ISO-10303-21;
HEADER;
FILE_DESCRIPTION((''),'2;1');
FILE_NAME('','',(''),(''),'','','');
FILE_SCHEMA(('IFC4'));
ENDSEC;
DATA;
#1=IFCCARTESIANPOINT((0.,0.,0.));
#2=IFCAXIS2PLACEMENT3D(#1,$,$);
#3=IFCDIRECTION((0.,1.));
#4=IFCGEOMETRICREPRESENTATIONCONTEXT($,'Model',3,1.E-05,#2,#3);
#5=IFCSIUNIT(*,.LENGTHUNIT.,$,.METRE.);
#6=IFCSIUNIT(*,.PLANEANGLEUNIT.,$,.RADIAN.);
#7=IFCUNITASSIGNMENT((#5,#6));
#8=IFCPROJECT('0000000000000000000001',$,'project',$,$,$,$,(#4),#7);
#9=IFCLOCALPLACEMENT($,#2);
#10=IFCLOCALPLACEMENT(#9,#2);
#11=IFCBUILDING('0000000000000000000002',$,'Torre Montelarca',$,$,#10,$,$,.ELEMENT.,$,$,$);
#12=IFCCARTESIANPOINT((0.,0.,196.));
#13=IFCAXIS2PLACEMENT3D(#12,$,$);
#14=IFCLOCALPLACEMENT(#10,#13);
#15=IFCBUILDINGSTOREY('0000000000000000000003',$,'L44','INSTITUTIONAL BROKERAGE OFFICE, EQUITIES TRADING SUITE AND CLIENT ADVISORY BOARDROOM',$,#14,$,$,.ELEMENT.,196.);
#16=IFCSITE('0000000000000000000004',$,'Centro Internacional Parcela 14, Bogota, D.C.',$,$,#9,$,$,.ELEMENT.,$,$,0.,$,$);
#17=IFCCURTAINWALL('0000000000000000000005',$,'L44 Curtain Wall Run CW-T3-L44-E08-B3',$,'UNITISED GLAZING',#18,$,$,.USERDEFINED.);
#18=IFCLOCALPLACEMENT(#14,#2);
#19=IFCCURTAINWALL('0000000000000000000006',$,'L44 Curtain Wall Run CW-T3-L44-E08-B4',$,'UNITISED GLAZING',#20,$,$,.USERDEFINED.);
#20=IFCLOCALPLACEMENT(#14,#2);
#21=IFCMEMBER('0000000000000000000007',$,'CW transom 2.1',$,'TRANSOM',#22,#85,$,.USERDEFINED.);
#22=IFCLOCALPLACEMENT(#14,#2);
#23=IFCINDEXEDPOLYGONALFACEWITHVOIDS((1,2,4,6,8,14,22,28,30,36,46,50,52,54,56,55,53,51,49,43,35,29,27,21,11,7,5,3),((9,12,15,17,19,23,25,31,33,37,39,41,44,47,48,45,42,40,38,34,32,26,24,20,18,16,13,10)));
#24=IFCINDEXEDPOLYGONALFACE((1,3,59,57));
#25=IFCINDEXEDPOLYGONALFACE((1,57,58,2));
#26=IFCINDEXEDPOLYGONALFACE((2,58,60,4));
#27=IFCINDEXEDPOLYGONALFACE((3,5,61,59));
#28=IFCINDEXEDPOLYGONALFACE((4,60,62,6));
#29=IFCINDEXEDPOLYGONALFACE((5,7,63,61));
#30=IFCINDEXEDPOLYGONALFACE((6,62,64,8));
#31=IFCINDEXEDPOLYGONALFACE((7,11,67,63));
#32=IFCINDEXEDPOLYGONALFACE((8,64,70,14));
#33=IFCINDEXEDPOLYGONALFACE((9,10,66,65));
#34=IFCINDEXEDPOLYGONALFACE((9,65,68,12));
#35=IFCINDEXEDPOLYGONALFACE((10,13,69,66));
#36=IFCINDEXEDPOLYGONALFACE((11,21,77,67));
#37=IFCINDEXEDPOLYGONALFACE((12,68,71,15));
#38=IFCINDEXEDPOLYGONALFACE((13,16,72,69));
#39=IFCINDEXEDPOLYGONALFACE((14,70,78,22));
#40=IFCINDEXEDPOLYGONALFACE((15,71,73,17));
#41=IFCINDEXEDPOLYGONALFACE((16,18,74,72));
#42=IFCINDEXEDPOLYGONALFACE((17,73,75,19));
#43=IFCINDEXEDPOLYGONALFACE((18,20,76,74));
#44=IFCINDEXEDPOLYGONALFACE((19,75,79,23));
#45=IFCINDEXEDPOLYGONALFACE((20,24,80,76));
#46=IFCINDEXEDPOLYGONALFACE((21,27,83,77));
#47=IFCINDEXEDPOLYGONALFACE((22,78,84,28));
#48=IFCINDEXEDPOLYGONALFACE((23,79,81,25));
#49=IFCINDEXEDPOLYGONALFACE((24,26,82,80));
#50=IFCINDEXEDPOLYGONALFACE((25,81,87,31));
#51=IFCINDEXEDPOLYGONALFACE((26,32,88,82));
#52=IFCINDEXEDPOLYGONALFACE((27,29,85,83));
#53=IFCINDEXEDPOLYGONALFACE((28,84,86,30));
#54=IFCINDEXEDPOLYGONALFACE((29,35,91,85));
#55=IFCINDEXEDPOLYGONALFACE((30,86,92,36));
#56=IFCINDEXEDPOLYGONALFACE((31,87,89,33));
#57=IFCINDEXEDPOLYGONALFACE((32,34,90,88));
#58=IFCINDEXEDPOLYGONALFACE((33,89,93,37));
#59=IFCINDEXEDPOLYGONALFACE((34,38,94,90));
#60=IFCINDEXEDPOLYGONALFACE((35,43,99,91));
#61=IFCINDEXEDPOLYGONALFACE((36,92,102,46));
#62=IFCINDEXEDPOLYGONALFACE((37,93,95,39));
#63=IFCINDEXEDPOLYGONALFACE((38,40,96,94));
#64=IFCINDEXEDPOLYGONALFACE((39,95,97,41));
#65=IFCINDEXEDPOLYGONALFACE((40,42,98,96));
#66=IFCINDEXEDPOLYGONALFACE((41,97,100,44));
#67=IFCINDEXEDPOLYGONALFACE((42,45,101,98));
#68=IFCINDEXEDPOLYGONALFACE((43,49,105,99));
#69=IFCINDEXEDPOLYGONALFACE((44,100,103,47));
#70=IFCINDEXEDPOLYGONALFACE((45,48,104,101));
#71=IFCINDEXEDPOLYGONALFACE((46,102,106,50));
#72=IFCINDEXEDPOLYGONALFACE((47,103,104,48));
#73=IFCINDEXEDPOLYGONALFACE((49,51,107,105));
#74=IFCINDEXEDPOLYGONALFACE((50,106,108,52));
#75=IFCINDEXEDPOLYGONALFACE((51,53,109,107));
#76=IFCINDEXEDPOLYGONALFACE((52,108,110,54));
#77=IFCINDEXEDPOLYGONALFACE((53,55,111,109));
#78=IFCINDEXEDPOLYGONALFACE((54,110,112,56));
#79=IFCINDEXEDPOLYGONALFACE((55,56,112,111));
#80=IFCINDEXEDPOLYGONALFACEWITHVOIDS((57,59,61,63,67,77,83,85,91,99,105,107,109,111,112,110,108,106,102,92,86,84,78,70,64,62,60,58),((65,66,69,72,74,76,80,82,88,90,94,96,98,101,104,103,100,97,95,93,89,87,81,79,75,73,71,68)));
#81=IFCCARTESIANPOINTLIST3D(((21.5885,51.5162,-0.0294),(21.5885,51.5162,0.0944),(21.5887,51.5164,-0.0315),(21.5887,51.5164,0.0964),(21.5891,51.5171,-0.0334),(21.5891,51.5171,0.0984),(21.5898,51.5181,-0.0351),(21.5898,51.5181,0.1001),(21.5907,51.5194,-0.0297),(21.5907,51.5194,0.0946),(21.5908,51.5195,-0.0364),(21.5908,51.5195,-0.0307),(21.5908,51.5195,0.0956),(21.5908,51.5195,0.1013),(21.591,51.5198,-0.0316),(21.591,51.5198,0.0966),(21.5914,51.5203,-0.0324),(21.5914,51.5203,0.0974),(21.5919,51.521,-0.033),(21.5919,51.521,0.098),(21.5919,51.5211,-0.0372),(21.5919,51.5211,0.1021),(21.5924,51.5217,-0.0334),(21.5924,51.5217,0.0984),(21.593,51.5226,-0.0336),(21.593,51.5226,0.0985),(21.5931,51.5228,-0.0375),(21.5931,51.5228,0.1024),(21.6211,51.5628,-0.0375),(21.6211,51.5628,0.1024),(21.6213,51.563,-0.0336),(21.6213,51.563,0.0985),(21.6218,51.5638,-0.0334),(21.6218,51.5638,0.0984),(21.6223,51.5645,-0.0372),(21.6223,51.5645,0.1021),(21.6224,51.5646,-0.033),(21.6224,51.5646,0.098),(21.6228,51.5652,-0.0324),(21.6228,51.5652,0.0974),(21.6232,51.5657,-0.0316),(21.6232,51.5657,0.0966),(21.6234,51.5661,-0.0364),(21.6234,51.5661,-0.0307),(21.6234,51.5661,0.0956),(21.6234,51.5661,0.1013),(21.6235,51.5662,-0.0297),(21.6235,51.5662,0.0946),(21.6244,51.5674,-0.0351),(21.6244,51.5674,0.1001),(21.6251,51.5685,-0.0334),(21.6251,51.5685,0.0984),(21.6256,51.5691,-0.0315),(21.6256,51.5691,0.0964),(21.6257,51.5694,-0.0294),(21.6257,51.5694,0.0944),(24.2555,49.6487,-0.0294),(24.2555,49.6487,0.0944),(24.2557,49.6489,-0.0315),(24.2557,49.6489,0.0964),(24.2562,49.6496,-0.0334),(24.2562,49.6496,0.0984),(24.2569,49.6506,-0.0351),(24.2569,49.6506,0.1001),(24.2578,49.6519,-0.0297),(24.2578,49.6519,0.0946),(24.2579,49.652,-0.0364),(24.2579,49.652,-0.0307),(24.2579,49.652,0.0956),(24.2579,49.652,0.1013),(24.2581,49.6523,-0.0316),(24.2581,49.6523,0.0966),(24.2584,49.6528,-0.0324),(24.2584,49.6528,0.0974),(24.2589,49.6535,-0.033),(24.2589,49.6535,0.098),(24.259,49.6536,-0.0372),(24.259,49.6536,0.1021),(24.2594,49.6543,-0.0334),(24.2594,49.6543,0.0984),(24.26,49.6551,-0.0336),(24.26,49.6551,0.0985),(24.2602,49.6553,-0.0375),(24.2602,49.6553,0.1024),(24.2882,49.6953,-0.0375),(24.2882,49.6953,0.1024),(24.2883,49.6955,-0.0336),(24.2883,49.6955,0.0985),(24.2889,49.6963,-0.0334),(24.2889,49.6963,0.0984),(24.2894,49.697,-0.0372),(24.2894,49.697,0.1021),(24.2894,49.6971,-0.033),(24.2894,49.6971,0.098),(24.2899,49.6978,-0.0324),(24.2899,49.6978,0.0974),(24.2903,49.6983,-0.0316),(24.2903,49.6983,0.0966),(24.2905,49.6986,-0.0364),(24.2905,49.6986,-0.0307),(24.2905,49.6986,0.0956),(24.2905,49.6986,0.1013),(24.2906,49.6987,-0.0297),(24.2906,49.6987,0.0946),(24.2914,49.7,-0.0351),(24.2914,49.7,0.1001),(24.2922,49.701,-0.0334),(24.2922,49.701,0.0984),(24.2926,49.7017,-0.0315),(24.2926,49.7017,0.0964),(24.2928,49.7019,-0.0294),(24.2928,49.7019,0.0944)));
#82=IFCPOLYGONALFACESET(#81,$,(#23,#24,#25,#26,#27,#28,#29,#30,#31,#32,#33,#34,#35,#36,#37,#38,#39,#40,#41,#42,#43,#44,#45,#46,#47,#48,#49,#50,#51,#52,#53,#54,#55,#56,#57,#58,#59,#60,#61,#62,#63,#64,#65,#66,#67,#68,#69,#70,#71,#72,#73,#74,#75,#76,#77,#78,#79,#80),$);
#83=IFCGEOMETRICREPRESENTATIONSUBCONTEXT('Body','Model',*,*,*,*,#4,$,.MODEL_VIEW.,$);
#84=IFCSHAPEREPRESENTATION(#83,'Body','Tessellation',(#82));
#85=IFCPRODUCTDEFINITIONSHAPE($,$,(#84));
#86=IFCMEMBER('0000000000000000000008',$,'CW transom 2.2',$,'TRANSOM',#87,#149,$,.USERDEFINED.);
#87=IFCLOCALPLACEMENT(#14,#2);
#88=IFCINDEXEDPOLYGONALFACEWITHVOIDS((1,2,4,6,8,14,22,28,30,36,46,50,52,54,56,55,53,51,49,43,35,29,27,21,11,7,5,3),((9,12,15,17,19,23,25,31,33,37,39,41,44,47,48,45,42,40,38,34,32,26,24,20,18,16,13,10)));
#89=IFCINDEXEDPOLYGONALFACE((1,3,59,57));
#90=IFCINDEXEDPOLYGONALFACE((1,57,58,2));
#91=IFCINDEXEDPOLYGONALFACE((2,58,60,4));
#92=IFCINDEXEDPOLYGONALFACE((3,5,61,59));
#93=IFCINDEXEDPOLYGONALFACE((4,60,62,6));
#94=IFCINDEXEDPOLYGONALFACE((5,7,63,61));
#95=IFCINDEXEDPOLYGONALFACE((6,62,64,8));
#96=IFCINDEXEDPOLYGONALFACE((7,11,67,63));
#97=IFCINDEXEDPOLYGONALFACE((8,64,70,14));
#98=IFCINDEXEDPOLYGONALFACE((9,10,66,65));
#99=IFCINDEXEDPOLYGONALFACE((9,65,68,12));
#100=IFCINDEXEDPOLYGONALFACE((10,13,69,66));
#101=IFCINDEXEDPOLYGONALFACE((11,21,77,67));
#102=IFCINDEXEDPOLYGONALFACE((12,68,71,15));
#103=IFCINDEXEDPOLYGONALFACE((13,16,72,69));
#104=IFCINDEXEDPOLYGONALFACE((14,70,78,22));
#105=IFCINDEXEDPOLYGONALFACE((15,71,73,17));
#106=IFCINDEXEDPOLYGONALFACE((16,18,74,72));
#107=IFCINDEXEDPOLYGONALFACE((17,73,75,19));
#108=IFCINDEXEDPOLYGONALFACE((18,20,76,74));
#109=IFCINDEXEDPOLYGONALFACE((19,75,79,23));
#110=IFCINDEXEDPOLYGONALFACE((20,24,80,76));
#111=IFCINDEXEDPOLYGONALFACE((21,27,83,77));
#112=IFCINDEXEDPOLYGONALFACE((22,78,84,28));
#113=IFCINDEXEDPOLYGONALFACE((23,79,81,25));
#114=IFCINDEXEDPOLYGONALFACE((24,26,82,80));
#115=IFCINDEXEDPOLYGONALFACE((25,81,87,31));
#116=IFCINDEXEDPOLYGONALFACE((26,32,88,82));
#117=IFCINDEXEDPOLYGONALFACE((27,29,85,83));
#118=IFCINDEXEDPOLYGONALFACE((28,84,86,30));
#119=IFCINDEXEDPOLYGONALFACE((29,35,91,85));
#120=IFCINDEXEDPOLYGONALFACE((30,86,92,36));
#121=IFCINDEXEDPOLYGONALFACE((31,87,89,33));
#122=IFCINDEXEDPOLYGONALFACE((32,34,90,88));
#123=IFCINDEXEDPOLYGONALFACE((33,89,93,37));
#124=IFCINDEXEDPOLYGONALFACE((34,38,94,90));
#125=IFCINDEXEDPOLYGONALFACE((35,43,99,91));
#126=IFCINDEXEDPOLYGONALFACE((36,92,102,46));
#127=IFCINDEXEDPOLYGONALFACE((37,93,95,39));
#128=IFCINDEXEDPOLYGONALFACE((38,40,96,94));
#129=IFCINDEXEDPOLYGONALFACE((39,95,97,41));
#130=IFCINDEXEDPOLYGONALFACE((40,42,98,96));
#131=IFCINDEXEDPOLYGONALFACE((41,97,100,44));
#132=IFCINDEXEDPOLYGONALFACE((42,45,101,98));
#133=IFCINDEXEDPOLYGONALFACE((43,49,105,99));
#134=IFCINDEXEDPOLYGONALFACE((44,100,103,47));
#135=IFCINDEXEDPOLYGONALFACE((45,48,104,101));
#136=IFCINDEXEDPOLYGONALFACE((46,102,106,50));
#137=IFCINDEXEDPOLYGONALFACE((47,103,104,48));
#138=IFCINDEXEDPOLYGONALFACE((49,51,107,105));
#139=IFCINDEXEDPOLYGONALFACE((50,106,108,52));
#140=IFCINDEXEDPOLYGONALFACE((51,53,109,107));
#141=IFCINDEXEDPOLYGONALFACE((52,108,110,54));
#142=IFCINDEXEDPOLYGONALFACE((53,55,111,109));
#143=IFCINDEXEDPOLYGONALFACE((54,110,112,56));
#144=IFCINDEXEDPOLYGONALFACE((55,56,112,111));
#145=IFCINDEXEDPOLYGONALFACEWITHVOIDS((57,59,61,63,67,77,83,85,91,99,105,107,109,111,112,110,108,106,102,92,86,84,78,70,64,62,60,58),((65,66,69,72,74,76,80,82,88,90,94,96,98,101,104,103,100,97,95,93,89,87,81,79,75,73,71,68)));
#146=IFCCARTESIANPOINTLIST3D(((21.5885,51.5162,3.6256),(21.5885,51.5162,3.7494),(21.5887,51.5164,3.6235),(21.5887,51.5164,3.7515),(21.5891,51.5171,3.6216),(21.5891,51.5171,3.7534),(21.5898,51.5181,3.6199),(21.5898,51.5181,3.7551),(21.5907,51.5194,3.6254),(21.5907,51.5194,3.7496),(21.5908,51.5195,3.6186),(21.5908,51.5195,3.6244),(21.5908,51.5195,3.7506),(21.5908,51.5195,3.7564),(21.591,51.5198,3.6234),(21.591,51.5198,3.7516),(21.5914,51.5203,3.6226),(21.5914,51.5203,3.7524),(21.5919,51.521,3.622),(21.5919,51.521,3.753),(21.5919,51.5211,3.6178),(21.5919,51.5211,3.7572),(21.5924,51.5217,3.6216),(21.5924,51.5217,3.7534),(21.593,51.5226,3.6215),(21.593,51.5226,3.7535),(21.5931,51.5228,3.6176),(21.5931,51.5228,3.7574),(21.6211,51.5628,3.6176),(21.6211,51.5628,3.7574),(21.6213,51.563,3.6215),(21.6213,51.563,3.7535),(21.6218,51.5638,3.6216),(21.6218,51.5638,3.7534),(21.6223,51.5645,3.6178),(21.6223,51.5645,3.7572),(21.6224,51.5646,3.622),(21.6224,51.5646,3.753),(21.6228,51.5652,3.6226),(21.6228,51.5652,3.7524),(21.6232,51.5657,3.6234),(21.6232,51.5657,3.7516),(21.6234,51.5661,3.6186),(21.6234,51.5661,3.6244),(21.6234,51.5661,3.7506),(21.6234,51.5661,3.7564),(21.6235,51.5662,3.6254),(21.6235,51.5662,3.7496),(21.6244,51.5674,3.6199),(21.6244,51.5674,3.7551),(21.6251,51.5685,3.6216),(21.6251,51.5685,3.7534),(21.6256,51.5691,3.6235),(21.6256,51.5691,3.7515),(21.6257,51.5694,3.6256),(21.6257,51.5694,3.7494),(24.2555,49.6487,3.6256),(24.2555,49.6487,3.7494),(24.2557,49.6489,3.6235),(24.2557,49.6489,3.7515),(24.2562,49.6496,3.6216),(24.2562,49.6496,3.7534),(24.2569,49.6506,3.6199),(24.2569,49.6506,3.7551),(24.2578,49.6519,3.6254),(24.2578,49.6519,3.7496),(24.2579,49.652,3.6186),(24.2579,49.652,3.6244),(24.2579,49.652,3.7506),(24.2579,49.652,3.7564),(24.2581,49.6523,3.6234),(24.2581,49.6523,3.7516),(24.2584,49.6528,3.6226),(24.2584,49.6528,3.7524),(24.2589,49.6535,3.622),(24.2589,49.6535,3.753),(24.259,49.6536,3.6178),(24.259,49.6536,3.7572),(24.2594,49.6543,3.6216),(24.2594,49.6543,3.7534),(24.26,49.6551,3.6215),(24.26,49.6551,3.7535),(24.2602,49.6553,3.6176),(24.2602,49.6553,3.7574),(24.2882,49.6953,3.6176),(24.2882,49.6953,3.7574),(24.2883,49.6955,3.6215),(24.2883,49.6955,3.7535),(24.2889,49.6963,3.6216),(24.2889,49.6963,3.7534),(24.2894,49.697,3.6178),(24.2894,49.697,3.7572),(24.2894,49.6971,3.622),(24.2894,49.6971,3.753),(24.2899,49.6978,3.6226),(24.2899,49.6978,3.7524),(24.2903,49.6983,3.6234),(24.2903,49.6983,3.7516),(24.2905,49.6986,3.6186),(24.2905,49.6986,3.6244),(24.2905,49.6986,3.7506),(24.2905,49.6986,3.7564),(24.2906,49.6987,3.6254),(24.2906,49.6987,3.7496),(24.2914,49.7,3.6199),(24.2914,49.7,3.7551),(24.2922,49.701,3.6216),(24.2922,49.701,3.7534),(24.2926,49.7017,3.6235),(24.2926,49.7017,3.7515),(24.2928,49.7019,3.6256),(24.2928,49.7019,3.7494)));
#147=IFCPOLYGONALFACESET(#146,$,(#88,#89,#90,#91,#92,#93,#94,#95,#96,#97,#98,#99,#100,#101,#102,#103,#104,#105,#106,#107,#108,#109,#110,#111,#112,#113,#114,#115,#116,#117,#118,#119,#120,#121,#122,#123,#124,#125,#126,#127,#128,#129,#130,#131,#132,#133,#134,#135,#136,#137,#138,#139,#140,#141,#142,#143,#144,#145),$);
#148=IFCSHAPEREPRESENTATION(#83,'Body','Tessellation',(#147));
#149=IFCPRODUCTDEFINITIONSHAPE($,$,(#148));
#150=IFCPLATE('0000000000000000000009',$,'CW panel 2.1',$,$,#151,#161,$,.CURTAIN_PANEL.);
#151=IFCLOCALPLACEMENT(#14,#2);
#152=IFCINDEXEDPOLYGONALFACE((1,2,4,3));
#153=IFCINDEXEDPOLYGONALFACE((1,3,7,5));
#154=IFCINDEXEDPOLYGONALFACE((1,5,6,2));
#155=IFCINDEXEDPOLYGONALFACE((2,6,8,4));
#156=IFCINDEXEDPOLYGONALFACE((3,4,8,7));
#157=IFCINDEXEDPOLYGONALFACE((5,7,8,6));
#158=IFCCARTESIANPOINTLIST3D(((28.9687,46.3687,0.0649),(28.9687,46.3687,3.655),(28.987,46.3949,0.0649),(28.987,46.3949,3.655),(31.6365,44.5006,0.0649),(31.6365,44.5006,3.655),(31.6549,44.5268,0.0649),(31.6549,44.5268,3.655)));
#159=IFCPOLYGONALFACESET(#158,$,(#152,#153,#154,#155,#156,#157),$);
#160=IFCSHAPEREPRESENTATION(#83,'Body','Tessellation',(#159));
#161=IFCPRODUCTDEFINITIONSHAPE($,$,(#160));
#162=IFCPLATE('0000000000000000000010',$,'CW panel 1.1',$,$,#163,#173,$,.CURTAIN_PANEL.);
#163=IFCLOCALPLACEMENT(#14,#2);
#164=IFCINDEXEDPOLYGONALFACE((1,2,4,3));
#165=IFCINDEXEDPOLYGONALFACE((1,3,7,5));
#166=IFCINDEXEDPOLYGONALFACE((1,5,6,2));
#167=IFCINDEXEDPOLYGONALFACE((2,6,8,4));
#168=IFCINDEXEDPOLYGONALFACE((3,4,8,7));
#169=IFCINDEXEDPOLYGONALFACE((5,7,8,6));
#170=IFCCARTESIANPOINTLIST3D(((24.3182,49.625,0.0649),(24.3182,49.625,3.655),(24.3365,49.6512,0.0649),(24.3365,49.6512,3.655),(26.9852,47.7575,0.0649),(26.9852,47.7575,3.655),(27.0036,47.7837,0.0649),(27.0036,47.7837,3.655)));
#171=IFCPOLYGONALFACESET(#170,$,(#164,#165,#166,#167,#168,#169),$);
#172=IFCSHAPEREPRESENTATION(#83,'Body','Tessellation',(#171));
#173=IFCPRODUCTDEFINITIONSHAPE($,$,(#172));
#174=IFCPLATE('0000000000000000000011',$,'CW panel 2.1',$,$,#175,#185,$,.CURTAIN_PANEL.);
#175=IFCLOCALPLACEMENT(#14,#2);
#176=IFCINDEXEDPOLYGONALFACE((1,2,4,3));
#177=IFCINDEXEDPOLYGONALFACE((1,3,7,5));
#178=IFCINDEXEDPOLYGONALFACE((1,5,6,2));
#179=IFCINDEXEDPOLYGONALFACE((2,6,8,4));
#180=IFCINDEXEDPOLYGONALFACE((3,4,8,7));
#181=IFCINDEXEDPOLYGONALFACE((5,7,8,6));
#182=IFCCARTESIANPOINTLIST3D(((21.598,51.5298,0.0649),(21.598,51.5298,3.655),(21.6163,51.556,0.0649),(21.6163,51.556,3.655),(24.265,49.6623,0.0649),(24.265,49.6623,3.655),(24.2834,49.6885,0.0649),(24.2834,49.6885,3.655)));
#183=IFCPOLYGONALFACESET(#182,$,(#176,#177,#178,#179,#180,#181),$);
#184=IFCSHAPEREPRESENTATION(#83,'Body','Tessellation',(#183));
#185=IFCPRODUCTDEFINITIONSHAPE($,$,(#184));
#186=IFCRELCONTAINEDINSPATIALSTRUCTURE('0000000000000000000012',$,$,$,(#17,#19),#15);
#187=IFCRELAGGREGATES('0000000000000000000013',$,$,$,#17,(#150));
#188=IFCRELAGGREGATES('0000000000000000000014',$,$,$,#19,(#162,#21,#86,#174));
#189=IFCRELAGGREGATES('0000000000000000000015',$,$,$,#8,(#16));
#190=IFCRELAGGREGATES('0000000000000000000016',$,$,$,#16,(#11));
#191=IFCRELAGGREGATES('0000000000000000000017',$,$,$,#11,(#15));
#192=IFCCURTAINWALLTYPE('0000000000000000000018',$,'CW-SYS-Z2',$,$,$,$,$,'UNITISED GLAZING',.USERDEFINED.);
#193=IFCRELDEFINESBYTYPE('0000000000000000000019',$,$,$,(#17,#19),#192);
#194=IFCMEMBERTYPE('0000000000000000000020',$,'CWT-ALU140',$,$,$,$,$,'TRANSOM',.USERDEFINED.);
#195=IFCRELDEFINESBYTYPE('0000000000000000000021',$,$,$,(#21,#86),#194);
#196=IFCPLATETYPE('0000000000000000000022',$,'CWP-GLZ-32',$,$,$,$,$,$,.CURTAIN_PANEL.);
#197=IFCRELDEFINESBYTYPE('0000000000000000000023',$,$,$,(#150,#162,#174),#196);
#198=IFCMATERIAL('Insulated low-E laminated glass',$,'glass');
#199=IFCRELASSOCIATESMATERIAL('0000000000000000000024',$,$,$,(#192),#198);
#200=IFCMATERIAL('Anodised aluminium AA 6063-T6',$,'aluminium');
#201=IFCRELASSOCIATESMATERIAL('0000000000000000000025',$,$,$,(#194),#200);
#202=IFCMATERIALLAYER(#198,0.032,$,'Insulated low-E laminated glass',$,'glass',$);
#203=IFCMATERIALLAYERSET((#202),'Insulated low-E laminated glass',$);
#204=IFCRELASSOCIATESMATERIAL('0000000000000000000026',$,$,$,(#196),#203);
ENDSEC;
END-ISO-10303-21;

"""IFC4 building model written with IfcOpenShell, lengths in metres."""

from ifc_helpers import new_model, si_unit, direction, frame, origin, origin_2d, place, context, subcontext, project, spatial, rectangle, hollow_rectangle, extrude, source, transform, mapped, material, layer, layer_set, material_profile, profile_set, type_object, element, aggregate, save


model = new_model("IFC4")

# Units and contexts
model_context = context("Model", 3, precision=1e-05, world=origin(), true_north=direction((0.0, 1.0)))
body_context = subcontext(model_context, "Body", "Model", "MODEL_VIEW")
ifc_project = project(units=[si_unit("LENGTHUNIT", "METRE"), si_unit("PLANEANGLEUNIT", "RADIAN")], contexts=[model_context])

# Site, building, storey
site_placement = place(None, origin())
site = spatial("IfcSite", under=ifc_project, at=site_placement, Name="Centro Internacional Parcela 14, Bogota, D.C.", CompositionType="ELEMENT", RefElevation=0.0)
building_placement = place(site_placement, origin())
building = spatial("IfcBuilding", under=site, at=building_placement, Name="Torre Montelarca", CompositionType="ELEMENT")
storey_placement = place(building_placement, frame((0.0, 0.0, 196.0)))
storey = spatial("IfcBuildingStorey", under=building, at=storey_placement, Name="L44", Description="INSTITUTIONAL BROKERAGE OFFICE, EQUITIES TRADING SUITE AND CLIENT ADVISORY BOARDROOM", CompositionType="ELEMENT", Elevation=196.0)

# Curtain wall
ifc_material_1 = material(Name="Insulated low-E laminated glass", Category="glass")
curtain_wall_type = type_object("IfcCurtainWallType", Name="CW-SYS-Z2", ElementType="UNITISED GLAZING", PredefinedType="USERDEFINED", material=ifc_material_1)
curtain_wall_1_placement = place(storey_placement, origin())
curtain_wall_1 = element("IfcCurtainWall", 1, at=curtain_wall_1_placement, inside=storey, type_object=curtain_wall_type, Name="L44 Curtain Wall Run CW-T3-L44-E08-B3", ObjectType="UNITISED GLAZING", PredefinedType="USERDEFINED")
ifc_material_2 = material(Name="Anodised aluminium AA 6063-T6", Category="aluminium")

# Curtain wall, members
curtain_wall_2_placement = place(storey_placement, origin())
curtain_wall_2 = element("IfcCurtainWall", 2, at=curtain_wall_2_placement, inside=storey, type_object=curtain_wall_type, Name="L44 Curtain Wall Run CW-T3-L44-E08-B4", ObjectType="UNITISED GLAZING", PredefinedType="USERDEFINED")
ifc_material_profile_1 = material_profile(ifc_material_2, hollow_rectangle(XDim=0.0649, YDim=0.1399, WallThickness=0.0039, InnerFilletRadius=0.0039, OuterFilletRadius=0.0081, at=origin_2d()), Name="ALU65X140X4", Category="aluminium")
ifc_profile_set_1 = profile_set([ifc_material_profile_1], Name="Anodised aluminium AA 6063-T6")
member_type_1 = type_object("IfcMemberType", Name="CWT-ALU140", ElementType="TRANSOM", PredefinedType="USERDEFINED", material=ifc_profile_set_1)
shared_shape_1 = source(origin(), body_context, "Body", "SweptSolid", [
    extrude(hollow_rectangle(XDim=0.0649, YDim=0.1399, WallThickness=0.0039, InnerFilletRadius=0.0039, OuterFilletRadius=0.0081, at=origin_2d()), origin(), (0.0, 0.0, 1.0), 3.2559),
])
member_1_placement = place(storey_placement, frame((24.2742, 49.6753, 0.0325), z_axis=(-0.819154, 0.573573, 0.0), x_axis=(-0.573573, -0.819154, 0.0)))
member_1 = element("IfcMember", 3, at=member_1_placement, type_object=member_type_1, Name="CW transom 2.1", ObjectType="TRANSOM", PredefinedType="USERDEFINED", context=body_context, shape_type="MappedRepresentation", body=[
    mapped(shared_shape_1, transform((0.0, 0.0, 0.0), scale=1.0)),
])
member_2_placement = place(storey_placement, frame((24.2742, 49.6753, 3.6875), z_axis=(-0.819154, 0.573573, 0.0), x_axis=(-0.573573, -0.819154, 0.0)))
member_2 = element("IfcMember", 4, at=member_2_placement, type_object=member_type_1, Name="CW transom 2.2", ObjectType="TRANSOM", PredefinedType="USERDEFINED", context=body_context, shape_type="MappedRepresentation", body=[
    mapped(shared_shape_1, transform((0.0, 0.0, 0.0), scale=1.0)),
])

# Plates
ifc_layer_1 = layer(ifc_material_1, 0.032, Name="Insulated low-E laminated glass", Category="glass")
ifc_layer_set_1 = layer_set([ifc_layer_1], Name="Insulated low-E laminated glass")
plate_type = type_object("IfcPlateType", Name="CWP-GLZ-32", PredefinedType="CURTAIN_PANEL", material=ifc_layer_set_1)
shared_shape_2 = source(origin(), body_context, "Body", "SweptSolid", [
    extrude(rectangle(XDim=3.2568, YDim=0.032, at=origin_2d()), origin(), (0.0, 0.0, 1.0), 3.5901),
])
plate_1_placement = place(storey_placement, frame((30.3118, 45.4478, 0.0649), z_axis=(0.0, 0.0, 1.0), x_axis=(-0.819153, 0.573574, 0.0)))
plate_1 = element("IfcPlate", 5, at=plate_1_placement, type_object=plate_type, Name="CW panel 2.1", PredefinedType="CURTAIN_PANEL", context=body_context, shape_type="MappedRepresentation", body=[
    mapped(shared_shape_2, transform((0.0, 0.0, 0.0), scale=1.0)),
])
aggregate(curtain_wall_1, [plate_1])
shared_shape_3 = source(origin(), body_context, "Body", "SweptSolid", [
    extrude(rectangle(XDim=3.2559, YDim=0.032, at=origin_2d()), origin(), (0.0, 0.0, 1.0), 3.5901),
])
plate_2_placement = place(storey_placement, frame((25.6609, 48.7043, 0.0649), z_axis=(0.0, 0.0, 1.0), x_axis=(-0.819154, 0.573573, 0.0)))
plate_2 = element("IfcPlate", 6, at=plate_2_placement, type_object=plate_type, Name="CW panel 1.1", PredefinedType="CURTAIN_PANEL", context=body_context, shape_type="MappedRepresentation", body=[
    mapped(shared_shape_3, transform((0.0, 0.0, 0.0), scale=1.0)),
])
plate_3_placement = place(storey_placement, frame((22.9407, 50.6091, 0.0649), z_axis=(0.0, 0.0, 1.0), x_axis=(-0.819154, 0.573573, 0.0)))
plate_3 = element("IfcPlate", 7, at=plate_3_placement, type_object=plate_type, Name="CW panel 2.1", PredefinedType="CURTAIN_PANEL", context=body_context, shape_type="MappedRepresentation", body=[
    mapped(shared_shape_3, transform((0.0, 0.0, 0.0), scale=1.0)),
])
aggregate(curtain_wall_2, [plate_2, member_1, member_2, plate_3])

save(model, "model.ifc")
